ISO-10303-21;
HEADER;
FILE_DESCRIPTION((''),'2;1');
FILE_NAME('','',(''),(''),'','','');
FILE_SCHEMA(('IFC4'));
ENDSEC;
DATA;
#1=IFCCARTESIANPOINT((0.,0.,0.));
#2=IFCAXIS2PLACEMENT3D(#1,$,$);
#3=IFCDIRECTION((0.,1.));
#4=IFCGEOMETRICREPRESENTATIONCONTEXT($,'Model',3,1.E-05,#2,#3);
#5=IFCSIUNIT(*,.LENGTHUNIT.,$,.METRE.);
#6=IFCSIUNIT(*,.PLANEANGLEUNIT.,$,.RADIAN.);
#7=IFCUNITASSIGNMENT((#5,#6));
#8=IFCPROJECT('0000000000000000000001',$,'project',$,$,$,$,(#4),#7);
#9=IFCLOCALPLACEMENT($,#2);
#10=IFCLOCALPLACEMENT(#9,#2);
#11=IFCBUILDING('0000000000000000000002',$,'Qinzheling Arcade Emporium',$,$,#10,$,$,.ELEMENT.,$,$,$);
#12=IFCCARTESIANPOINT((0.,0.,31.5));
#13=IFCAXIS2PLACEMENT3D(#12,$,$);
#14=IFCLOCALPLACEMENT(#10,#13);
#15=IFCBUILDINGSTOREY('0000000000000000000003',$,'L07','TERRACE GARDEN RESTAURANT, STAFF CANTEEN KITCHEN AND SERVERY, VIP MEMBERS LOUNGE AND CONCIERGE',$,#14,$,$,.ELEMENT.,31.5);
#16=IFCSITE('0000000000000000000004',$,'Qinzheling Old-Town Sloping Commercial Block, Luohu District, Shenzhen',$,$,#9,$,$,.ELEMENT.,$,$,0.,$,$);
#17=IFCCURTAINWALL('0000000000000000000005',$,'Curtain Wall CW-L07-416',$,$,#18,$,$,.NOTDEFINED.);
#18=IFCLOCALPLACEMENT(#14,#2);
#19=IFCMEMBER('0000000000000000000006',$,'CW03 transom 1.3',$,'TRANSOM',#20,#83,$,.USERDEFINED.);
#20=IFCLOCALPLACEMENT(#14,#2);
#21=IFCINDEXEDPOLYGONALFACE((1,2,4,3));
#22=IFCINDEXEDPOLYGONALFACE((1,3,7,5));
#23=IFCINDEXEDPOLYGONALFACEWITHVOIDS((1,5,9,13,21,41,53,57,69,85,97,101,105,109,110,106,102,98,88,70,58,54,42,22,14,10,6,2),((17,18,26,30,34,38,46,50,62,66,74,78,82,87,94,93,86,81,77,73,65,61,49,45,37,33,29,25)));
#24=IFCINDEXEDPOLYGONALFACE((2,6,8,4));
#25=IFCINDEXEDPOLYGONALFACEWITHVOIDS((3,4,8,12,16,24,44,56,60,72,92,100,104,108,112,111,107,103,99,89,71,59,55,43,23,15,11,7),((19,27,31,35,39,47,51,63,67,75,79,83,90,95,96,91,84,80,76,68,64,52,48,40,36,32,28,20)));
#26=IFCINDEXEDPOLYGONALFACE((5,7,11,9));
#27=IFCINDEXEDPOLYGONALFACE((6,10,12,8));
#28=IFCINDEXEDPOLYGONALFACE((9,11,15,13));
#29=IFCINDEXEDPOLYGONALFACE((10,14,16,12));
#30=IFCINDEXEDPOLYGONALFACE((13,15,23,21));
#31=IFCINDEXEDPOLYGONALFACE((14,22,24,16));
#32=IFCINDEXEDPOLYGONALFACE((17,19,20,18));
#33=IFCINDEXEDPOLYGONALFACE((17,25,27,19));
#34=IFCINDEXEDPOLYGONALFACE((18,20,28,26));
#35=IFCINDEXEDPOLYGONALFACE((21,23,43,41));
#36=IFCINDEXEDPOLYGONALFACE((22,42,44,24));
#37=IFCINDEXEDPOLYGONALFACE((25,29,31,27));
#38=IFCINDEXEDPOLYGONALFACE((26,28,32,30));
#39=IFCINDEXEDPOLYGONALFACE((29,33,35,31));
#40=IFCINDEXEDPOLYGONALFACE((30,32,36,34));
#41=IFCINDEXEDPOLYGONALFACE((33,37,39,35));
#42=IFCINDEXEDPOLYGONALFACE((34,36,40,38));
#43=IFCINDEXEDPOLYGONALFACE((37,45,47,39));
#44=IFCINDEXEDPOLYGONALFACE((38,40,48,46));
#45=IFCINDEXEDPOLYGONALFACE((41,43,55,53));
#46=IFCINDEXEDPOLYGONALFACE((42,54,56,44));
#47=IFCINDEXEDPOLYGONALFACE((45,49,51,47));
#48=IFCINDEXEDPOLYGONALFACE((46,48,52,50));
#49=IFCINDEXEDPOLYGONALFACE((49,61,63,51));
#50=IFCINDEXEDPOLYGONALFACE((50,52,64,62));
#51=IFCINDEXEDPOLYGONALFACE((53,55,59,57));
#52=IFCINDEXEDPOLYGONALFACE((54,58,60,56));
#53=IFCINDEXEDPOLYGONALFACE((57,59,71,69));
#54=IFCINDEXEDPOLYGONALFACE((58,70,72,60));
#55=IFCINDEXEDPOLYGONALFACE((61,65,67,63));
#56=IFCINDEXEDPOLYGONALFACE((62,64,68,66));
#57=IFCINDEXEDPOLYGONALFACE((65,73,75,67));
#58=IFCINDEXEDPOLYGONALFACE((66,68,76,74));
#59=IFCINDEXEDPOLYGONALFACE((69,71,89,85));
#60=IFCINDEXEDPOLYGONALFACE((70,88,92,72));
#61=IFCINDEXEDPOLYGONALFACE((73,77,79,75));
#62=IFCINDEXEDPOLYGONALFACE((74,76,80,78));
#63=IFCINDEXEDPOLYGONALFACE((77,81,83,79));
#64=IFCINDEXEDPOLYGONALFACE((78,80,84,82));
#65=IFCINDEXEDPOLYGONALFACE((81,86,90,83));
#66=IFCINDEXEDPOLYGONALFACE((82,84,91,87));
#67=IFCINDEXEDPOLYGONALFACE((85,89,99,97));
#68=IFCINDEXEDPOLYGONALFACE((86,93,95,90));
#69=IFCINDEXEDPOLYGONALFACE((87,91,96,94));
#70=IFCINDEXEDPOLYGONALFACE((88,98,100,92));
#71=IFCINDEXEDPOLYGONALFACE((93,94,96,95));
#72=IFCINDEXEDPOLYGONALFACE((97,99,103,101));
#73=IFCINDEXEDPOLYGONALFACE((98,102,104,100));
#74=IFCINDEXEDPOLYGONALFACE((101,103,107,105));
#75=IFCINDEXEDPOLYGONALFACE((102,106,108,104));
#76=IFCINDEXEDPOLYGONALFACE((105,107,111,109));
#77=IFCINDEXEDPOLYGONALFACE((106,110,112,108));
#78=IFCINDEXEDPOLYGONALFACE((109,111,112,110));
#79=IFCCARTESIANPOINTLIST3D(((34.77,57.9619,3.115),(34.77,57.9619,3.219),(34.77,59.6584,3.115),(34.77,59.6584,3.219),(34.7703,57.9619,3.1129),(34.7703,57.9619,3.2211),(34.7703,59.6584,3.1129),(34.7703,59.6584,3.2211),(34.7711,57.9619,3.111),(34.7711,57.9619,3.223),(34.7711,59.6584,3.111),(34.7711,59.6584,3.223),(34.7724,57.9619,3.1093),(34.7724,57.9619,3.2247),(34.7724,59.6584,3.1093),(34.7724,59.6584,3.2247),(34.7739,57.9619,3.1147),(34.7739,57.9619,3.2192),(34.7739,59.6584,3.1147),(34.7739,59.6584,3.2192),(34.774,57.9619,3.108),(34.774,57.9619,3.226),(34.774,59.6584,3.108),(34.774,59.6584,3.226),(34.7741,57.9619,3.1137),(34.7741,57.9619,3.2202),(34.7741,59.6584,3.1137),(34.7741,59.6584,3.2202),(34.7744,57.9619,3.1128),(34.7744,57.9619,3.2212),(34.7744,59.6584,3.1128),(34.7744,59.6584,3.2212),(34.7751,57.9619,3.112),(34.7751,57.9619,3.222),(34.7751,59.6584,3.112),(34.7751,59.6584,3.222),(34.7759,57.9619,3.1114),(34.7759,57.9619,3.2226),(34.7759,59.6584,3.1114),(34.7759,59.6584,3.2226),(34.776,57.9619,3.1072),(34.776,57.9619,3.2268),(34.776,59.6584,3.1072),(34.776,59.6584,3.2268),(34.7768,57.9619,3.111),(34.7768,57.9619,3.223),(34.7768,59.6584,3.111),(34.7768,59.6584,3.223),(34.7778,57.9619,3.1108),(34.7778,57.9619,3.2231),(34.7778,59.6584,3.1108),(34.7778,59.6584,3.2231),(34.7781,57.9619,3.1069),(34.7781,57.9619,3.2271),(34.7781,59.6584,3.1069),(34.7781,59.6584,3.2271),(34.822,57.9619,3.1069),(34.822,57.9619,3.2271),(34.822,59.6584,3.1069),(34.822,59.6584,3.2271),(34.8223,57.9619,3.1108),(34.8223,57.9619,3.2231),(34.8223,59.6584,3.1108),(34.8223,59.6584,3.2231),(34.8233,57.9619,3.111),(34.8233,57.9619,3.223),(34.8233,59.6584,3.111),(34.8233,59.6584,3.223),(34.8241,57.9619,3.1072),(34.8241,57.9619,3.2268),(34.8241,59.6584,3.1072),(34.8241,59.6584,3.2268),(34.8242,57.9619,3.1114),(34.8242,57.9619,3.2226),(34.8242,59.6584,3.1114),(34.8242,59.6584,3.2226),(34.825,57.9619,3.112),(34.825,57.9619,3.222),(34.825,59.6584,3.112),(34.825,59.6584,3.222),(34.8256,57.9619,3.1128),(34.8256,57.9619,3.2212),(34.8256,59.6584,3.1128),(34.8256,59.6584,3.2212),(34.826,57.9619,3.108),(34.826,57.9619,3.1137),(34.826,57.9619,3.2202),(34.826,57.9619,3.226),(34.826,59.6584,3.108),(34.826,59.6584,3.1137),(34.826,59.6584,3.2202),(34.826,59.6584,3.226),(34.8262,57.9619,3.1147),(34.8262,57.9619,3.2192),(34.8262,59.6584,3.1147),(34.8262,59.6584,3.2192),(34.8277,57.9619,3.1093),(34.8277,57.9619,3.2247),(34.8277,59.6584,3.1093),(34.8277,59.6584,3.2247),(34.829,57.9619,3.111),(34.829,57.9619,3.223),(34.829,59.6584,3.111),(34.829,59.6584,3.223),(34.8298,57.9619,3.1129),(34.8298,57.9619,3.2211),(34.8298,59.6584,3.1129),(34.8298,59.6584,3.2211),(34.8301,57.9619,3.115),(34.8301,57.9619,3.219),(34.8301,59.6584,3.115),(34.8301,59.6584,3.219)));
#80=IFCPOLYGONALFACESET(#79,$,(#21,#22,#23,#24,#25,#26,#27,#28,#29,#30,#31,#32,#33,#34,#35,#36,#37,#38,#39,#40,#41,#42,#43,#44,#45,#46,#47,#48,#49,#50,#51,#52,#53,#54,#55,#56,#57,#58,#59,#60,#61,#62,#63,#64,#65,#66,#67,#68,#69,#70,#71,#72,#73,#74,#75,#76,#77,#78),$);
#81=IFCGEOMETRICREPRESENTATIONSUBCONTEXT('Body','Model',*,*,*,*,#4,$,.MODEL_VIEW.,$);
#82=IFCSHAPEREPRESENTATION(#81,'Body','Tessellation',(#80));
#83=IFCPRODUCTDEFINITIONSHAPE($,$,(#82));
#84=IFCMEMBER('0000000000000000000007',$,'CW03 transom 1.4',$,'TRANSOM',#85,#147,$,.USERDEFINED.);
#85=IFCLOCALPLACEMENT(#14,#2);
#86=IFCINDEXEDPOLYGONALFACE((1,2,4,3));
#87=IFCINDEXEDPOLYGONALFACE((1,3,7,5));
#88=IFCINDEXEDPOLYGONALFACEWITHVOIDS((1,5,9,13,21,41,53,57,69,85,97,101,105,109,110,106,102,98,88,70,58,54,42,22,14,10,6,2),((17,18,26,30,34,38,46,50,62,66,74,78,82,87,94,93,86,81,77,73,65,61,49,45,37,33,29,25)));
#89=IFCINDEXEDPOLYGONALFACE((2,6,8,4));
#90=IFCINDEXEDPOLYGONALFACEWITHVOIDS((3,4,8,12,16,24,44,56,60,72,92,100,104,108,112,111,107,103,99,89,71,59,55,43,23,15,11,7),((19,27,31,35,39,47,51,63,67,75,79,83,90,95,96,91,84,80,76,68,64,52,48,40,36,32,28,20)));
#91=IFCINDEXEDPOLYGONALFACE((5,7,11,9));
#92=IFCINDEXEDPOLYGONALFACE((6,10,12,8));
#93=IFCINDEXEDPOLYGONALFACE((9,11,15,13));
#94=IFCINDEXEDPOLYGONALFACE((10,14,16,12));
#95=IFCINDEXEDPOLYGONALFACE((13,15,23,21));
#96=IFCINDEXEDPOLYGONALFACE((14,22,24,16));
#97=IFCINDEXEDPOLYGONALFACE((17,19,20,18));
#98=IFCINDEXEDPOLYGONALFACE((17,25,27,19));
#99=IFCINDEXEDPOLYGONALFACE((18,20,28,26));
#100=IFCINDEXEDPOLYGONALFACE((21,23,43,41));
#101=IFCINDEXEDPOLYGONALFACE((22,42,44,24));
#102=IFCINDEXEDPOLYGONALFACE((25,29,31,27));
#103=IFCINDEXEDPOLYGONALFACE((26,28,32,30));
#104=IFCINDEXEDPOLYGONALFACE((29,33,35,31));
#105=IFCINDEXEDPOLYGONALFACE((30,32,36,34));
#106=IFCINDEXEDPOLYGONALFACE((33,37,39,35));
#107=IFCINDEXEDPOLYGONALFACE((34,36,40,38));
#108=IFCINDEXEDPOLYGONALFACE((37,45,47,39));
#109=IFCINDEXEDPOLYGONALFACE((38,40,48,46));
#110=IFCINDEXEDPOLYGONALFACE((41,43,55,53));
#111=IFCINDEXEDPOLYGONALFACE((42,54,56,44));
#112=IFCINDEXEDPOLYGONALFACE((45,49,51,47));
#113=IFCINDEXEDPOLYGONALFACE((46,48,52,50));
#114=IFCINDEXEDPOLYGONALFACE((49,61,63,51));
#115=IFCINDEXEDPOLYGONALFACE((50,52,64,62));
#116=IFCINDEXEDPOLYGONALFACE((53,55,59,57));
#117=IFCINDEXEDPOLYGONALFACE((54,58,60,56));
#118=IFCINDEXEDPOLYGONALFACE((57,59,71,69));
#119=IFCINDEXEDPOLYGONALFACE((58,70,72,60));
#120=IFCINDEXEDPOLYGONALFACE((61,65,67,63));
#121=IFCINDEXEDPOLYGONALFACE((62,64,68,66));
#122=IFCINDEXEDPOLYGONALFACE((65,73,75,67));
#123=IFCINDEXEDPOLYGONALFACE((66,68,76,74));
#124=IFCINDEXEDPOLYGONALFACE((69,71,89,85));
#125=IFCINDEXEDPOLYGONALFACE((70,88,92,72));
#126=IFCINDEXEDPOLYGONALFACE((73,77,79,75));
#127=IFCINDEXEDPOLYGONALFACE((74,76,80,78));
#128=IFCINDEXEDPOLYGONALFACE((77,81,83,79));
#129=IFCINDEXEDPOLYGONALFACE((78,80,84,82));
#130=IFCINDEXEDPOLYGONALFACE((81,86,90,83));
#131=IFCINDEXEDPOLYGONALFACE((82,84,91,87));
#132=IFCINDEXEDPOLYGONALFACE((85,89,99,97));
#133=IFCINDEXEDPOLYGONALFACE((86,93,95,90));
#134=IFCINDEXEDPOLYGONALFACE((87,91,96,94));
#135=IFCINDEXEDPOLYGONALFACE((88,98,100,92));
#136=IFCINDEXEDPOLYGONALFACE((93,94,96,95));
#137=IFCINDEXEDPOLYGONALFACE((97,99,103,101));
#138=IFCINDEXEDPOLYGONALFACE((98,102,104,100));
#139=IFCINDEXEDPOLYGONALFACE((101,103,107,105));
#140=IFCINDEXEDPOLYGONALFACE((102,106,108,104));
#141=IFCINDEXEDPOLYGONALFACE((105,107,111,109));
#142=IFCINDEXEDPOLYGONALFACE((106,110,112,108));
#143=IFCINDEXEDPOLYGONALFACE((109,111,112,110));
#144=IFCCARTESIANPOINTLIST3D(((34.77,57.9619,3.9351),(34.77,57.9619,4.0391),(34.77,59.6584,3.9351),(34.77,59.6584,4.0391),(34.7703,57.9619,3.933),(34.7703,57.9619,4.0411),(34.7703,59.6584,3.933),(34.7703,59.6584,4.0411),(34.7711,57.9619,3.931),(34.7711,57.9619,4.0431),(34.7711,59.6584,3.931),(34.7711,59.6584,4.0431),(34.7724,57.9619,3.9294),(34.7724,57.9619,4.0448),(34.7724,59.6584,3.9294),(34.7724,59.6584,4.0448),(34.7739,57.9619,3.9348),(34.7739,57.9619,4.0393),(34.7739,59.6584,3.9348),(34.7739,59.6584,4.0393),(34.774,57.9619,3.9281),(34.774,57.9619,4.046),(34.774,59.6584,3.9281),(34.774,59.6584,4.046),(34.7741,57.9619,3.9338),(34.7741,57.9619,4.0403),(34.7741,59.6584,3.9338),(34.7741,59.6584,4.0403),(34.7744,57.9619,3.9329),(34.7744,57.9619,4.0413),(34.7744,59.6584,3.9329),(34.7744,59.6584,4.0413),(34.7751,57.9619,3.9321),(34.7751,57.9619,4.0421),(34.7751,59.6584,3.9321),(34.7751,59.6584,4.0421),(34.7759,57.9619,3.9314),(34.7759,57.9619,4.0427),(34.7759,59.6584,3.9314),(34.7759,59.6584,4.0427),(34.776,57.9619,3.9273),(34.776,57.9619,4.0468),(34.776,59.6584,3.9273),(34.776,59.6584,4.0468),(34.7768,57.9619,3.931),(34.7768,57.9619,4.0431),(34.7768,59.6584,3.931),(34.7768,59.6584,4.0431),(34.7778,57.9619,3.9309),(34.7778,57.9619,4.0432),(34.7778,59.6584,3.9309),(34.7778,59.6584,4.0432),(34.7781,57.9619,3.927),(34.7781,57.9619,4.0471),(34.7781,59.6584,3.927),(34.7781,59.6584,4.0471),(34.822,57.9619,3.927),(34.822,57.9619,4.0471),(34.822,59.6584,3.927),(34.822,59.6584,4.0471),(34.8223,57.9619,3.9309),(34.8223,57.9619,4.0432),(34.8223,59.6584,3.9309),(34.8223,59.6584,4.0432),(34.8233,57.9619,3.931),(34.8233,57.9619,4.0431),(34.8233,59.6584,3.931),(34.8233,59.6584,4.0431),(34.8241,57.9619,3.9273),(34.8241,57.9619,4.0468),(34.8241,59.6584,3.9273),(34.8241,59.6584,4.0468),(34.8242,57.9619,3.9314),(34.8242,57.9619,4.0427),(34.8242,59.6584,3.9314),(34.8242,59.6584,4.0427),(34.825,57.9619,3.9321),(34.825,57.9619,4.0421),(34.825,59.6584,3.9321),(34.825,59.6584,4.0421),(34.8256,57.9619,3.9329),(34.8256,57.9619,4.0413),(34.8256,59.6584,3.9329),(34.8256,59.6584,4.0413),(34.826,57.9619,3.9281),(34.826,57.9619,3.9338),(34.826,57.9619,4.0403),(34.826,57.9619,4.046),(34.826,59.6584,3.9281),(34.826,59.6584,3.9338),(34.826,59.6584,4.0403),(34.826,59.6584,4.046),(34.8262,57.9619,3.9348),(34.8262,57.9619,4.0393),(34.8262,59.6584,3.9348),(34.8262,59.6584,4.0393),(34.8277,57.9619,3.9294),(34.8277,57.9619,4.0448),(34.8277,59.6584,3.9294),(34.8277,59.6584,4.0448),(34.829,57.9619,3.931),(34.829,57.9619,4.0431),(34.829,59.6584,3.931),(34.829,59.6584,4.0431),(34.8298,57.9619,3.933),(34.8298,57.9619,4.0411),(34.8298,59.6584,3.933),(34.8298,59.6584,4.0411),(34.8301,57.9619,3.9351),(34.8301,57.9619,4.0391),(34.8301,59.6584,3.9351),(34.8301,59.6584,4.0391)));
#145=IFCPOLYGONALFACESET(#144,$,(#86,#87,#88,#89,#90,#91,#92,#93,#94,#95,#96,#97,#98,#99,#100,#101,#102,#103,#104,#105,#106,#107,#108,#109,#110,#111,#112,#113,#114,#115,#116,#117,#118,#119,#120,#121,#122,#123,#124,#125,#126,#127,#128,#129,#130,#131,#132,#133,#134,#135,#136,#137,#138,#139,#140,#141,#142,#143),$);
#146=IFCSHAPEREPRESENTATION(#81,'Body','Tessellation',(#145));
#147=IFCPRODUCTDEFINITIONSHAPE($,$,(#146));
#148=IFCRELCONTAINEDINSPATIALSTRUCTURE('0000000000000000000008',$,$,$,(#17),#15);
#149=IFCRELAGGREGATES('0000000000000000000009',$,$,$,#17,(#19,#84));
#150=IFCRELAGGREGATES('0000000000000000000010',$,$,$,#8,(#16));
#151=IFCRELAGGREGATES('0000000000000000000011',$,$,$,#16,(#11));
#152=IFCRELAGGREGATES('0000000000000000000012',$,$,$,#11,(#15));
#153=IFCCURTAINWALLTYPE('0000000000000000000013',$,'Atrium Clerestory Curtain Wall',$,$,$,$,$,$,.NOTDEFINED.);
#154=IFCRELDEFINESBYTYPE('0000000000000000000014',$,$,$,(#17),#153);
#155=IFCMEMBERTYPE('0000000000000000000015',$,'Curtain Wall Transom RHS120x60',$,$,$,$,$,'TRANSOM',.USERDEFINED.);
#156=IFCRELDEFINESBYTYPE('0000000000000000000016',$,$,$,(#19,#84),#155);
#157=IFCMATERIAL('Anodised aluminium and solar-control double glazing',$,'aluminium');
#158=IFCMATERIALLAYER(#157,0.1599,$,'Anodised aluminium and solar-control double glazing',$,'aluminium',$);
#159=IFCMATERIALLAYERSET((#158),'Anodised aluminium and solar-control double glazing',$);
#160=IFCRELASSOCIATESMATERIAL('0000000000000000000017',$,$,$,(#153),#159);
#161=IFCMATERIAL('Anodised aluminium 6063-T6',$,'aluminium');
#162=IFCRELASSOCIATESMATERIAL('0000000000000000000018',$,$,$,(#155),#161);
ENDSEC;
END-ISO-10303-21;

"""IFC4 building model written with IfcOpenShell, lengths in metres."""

from ifc_helpers import new_model, si_unit, direction, frame, origin, origin_2d, place, context, subcontext, project, spatial, hollow_rectangle, extrude, material, layer, layer_set, material_profile, profile_set, type_object, element, aggregate, save


model = new_model("IFC4")

# Units and contexts
model_context = context("Model", 3, precision=1e-05, world=origin(), true_north=direction((0.0, 1.0)))
body_context = subcontext(model_context, "Body", "Model", "MODEL_VIEW")
ifc_project = project(units=[si_unit("LENGTHUNIT", "METRE"), si_unit("PLANEANGLEUNIT", "RADIAN")], contexts=[model_context])

# Site, building, storey
site_placement = place(None, origin())
site = spatial("IfcSite", under=ifc_project, at=site_placement, Name="Qinzheling Old-Town Sloping Commercial Block, Luohu District, Shenzhen", CompositionType="ELEMENT", RefElevation=0.0)
building_placement = place(site_placement, origin())
building = spatial("IfcBuilding", under=site, at=building_placement, Name="Qinzheling Arcade Emporium", CompositionType="ELEMENT")
storey_placement = place(building_placement, frame((0.0, 0.0, 31.5)))
storey = spatial("IfcBuildingStorey", under=building, at=storey_placement, Name="L07", Description="TERRACE GARDEN RESTAURANT, STAFF CANTEEN KITCHEN AND SERVERY, VIP MEMBERS LOUNGE AND CONCIERGE", CompositionType="ELEMENT", Elevation=31.5)

# Shared definitions
ifc_material_1 = material(Name="Anodised aluminium and solar-control double glazing", Category="aluminium")
ifc_layer_1 = layer(ifc_material_1, 0.1599, Name="Anodised aluminium and solar-control double glazing", Category="aluminium")
ifc_layer_set_1 = layer_set([ifc_layer_1], Name="Anodised aluminium and solar-control double glazing")
curtain_wall_type = type_object("IfcCurtainWallType", Name="Atrium Clerestory Curtain Wall", PredefinedType="NOTDEFINED", material=ifc_layer_set_1)
ifc_material_2 = material(Name="Anodised aluminium 6063-T6", Category="aluminium")

# Curtain wall, members
curtain_wall_1_placement = place(storey_placement, origin())
curtain_wall_1 = element("IfcCurtainWall", 1, at=curtain_wall_1_placement, inside=storey, type_object=curtain_wall_type, Name="Curtain Wall CW-L07-416", PredefinedType="NOTDEFINED")
ifc_material_profile_1 = material_profile(ifc_material_2, hollow_rectangle(XDim=0.0601, YDim=0.1201, WallThickness=0.0039, InnerFilletRadius=0.0039, OuterFilletRadius=0.0081, at=origin_2d()), Name="RHS 120x60x4", Category="aluminium")
ifc_profile_set_1 = profile_set([ifc_material_profile_1], Name="Anodised aluminium 6063-T6")
member_type_1 = type_object("IfcMemberType", Name="Curtain Wall Transom RHS120x60", ElementType="TRANSOM", PredefinedType="USERDEFINED", material=ifc_profile_set_1)
member_1_placement = place(storey_placement, frame((34.8, 57.9619, 3.167), z_axis=(0.0, 1.0, 0.0), x_axis=(-1.0, 0.0, 0.0)))
member_1 = element("IfcMember", 2, at=member_1_placement, type_object=member_type_1, Name="CW03 transom 1.3", ObjectType="TRANSOM", PredefinedType="USERDEFINED", context=body_context, shape_type="SweptSolid", body=[
    extrude(hollow_rectangle(XDim=0.0601, YDim=0.1201, WallThickness=0.0039, InnerFilletRadius=0.0039, OuterFilletRadius=0.0081, at=origin_2d()), origin(), (0.0, 0.0, 1.0), 1.6965),
])
member_2_placement = place(storey_placement, frame((34.8, 57.9619, 3.9871), z_axis=(0.0, 1.0, 0.0), x_axis=(-1.0, 0.0, 0.0)))
member_2 = element("IfcMember", 3, at=member_2_placement, type_object=member_type_1, Name="CW03 transom 1.4", ObjectType="TRANSOM", PredefinedType="USERDEFINED", context=body_context, shape_type="SweptSolid", body=[
    extrude(hollow_rectangle(XDim=0.0601, YDim=0.1201, WallThickness=0.0039, InnerFilletRadius=0.0039, OuterFilletRadius=0.0081, at=origin_2d()), origin(), (0.0, 0.0, 1.0), 1.6965),
])
aggregate(curtain_wall_1, [member_1, member_2])

save(model, "model.ifc")
